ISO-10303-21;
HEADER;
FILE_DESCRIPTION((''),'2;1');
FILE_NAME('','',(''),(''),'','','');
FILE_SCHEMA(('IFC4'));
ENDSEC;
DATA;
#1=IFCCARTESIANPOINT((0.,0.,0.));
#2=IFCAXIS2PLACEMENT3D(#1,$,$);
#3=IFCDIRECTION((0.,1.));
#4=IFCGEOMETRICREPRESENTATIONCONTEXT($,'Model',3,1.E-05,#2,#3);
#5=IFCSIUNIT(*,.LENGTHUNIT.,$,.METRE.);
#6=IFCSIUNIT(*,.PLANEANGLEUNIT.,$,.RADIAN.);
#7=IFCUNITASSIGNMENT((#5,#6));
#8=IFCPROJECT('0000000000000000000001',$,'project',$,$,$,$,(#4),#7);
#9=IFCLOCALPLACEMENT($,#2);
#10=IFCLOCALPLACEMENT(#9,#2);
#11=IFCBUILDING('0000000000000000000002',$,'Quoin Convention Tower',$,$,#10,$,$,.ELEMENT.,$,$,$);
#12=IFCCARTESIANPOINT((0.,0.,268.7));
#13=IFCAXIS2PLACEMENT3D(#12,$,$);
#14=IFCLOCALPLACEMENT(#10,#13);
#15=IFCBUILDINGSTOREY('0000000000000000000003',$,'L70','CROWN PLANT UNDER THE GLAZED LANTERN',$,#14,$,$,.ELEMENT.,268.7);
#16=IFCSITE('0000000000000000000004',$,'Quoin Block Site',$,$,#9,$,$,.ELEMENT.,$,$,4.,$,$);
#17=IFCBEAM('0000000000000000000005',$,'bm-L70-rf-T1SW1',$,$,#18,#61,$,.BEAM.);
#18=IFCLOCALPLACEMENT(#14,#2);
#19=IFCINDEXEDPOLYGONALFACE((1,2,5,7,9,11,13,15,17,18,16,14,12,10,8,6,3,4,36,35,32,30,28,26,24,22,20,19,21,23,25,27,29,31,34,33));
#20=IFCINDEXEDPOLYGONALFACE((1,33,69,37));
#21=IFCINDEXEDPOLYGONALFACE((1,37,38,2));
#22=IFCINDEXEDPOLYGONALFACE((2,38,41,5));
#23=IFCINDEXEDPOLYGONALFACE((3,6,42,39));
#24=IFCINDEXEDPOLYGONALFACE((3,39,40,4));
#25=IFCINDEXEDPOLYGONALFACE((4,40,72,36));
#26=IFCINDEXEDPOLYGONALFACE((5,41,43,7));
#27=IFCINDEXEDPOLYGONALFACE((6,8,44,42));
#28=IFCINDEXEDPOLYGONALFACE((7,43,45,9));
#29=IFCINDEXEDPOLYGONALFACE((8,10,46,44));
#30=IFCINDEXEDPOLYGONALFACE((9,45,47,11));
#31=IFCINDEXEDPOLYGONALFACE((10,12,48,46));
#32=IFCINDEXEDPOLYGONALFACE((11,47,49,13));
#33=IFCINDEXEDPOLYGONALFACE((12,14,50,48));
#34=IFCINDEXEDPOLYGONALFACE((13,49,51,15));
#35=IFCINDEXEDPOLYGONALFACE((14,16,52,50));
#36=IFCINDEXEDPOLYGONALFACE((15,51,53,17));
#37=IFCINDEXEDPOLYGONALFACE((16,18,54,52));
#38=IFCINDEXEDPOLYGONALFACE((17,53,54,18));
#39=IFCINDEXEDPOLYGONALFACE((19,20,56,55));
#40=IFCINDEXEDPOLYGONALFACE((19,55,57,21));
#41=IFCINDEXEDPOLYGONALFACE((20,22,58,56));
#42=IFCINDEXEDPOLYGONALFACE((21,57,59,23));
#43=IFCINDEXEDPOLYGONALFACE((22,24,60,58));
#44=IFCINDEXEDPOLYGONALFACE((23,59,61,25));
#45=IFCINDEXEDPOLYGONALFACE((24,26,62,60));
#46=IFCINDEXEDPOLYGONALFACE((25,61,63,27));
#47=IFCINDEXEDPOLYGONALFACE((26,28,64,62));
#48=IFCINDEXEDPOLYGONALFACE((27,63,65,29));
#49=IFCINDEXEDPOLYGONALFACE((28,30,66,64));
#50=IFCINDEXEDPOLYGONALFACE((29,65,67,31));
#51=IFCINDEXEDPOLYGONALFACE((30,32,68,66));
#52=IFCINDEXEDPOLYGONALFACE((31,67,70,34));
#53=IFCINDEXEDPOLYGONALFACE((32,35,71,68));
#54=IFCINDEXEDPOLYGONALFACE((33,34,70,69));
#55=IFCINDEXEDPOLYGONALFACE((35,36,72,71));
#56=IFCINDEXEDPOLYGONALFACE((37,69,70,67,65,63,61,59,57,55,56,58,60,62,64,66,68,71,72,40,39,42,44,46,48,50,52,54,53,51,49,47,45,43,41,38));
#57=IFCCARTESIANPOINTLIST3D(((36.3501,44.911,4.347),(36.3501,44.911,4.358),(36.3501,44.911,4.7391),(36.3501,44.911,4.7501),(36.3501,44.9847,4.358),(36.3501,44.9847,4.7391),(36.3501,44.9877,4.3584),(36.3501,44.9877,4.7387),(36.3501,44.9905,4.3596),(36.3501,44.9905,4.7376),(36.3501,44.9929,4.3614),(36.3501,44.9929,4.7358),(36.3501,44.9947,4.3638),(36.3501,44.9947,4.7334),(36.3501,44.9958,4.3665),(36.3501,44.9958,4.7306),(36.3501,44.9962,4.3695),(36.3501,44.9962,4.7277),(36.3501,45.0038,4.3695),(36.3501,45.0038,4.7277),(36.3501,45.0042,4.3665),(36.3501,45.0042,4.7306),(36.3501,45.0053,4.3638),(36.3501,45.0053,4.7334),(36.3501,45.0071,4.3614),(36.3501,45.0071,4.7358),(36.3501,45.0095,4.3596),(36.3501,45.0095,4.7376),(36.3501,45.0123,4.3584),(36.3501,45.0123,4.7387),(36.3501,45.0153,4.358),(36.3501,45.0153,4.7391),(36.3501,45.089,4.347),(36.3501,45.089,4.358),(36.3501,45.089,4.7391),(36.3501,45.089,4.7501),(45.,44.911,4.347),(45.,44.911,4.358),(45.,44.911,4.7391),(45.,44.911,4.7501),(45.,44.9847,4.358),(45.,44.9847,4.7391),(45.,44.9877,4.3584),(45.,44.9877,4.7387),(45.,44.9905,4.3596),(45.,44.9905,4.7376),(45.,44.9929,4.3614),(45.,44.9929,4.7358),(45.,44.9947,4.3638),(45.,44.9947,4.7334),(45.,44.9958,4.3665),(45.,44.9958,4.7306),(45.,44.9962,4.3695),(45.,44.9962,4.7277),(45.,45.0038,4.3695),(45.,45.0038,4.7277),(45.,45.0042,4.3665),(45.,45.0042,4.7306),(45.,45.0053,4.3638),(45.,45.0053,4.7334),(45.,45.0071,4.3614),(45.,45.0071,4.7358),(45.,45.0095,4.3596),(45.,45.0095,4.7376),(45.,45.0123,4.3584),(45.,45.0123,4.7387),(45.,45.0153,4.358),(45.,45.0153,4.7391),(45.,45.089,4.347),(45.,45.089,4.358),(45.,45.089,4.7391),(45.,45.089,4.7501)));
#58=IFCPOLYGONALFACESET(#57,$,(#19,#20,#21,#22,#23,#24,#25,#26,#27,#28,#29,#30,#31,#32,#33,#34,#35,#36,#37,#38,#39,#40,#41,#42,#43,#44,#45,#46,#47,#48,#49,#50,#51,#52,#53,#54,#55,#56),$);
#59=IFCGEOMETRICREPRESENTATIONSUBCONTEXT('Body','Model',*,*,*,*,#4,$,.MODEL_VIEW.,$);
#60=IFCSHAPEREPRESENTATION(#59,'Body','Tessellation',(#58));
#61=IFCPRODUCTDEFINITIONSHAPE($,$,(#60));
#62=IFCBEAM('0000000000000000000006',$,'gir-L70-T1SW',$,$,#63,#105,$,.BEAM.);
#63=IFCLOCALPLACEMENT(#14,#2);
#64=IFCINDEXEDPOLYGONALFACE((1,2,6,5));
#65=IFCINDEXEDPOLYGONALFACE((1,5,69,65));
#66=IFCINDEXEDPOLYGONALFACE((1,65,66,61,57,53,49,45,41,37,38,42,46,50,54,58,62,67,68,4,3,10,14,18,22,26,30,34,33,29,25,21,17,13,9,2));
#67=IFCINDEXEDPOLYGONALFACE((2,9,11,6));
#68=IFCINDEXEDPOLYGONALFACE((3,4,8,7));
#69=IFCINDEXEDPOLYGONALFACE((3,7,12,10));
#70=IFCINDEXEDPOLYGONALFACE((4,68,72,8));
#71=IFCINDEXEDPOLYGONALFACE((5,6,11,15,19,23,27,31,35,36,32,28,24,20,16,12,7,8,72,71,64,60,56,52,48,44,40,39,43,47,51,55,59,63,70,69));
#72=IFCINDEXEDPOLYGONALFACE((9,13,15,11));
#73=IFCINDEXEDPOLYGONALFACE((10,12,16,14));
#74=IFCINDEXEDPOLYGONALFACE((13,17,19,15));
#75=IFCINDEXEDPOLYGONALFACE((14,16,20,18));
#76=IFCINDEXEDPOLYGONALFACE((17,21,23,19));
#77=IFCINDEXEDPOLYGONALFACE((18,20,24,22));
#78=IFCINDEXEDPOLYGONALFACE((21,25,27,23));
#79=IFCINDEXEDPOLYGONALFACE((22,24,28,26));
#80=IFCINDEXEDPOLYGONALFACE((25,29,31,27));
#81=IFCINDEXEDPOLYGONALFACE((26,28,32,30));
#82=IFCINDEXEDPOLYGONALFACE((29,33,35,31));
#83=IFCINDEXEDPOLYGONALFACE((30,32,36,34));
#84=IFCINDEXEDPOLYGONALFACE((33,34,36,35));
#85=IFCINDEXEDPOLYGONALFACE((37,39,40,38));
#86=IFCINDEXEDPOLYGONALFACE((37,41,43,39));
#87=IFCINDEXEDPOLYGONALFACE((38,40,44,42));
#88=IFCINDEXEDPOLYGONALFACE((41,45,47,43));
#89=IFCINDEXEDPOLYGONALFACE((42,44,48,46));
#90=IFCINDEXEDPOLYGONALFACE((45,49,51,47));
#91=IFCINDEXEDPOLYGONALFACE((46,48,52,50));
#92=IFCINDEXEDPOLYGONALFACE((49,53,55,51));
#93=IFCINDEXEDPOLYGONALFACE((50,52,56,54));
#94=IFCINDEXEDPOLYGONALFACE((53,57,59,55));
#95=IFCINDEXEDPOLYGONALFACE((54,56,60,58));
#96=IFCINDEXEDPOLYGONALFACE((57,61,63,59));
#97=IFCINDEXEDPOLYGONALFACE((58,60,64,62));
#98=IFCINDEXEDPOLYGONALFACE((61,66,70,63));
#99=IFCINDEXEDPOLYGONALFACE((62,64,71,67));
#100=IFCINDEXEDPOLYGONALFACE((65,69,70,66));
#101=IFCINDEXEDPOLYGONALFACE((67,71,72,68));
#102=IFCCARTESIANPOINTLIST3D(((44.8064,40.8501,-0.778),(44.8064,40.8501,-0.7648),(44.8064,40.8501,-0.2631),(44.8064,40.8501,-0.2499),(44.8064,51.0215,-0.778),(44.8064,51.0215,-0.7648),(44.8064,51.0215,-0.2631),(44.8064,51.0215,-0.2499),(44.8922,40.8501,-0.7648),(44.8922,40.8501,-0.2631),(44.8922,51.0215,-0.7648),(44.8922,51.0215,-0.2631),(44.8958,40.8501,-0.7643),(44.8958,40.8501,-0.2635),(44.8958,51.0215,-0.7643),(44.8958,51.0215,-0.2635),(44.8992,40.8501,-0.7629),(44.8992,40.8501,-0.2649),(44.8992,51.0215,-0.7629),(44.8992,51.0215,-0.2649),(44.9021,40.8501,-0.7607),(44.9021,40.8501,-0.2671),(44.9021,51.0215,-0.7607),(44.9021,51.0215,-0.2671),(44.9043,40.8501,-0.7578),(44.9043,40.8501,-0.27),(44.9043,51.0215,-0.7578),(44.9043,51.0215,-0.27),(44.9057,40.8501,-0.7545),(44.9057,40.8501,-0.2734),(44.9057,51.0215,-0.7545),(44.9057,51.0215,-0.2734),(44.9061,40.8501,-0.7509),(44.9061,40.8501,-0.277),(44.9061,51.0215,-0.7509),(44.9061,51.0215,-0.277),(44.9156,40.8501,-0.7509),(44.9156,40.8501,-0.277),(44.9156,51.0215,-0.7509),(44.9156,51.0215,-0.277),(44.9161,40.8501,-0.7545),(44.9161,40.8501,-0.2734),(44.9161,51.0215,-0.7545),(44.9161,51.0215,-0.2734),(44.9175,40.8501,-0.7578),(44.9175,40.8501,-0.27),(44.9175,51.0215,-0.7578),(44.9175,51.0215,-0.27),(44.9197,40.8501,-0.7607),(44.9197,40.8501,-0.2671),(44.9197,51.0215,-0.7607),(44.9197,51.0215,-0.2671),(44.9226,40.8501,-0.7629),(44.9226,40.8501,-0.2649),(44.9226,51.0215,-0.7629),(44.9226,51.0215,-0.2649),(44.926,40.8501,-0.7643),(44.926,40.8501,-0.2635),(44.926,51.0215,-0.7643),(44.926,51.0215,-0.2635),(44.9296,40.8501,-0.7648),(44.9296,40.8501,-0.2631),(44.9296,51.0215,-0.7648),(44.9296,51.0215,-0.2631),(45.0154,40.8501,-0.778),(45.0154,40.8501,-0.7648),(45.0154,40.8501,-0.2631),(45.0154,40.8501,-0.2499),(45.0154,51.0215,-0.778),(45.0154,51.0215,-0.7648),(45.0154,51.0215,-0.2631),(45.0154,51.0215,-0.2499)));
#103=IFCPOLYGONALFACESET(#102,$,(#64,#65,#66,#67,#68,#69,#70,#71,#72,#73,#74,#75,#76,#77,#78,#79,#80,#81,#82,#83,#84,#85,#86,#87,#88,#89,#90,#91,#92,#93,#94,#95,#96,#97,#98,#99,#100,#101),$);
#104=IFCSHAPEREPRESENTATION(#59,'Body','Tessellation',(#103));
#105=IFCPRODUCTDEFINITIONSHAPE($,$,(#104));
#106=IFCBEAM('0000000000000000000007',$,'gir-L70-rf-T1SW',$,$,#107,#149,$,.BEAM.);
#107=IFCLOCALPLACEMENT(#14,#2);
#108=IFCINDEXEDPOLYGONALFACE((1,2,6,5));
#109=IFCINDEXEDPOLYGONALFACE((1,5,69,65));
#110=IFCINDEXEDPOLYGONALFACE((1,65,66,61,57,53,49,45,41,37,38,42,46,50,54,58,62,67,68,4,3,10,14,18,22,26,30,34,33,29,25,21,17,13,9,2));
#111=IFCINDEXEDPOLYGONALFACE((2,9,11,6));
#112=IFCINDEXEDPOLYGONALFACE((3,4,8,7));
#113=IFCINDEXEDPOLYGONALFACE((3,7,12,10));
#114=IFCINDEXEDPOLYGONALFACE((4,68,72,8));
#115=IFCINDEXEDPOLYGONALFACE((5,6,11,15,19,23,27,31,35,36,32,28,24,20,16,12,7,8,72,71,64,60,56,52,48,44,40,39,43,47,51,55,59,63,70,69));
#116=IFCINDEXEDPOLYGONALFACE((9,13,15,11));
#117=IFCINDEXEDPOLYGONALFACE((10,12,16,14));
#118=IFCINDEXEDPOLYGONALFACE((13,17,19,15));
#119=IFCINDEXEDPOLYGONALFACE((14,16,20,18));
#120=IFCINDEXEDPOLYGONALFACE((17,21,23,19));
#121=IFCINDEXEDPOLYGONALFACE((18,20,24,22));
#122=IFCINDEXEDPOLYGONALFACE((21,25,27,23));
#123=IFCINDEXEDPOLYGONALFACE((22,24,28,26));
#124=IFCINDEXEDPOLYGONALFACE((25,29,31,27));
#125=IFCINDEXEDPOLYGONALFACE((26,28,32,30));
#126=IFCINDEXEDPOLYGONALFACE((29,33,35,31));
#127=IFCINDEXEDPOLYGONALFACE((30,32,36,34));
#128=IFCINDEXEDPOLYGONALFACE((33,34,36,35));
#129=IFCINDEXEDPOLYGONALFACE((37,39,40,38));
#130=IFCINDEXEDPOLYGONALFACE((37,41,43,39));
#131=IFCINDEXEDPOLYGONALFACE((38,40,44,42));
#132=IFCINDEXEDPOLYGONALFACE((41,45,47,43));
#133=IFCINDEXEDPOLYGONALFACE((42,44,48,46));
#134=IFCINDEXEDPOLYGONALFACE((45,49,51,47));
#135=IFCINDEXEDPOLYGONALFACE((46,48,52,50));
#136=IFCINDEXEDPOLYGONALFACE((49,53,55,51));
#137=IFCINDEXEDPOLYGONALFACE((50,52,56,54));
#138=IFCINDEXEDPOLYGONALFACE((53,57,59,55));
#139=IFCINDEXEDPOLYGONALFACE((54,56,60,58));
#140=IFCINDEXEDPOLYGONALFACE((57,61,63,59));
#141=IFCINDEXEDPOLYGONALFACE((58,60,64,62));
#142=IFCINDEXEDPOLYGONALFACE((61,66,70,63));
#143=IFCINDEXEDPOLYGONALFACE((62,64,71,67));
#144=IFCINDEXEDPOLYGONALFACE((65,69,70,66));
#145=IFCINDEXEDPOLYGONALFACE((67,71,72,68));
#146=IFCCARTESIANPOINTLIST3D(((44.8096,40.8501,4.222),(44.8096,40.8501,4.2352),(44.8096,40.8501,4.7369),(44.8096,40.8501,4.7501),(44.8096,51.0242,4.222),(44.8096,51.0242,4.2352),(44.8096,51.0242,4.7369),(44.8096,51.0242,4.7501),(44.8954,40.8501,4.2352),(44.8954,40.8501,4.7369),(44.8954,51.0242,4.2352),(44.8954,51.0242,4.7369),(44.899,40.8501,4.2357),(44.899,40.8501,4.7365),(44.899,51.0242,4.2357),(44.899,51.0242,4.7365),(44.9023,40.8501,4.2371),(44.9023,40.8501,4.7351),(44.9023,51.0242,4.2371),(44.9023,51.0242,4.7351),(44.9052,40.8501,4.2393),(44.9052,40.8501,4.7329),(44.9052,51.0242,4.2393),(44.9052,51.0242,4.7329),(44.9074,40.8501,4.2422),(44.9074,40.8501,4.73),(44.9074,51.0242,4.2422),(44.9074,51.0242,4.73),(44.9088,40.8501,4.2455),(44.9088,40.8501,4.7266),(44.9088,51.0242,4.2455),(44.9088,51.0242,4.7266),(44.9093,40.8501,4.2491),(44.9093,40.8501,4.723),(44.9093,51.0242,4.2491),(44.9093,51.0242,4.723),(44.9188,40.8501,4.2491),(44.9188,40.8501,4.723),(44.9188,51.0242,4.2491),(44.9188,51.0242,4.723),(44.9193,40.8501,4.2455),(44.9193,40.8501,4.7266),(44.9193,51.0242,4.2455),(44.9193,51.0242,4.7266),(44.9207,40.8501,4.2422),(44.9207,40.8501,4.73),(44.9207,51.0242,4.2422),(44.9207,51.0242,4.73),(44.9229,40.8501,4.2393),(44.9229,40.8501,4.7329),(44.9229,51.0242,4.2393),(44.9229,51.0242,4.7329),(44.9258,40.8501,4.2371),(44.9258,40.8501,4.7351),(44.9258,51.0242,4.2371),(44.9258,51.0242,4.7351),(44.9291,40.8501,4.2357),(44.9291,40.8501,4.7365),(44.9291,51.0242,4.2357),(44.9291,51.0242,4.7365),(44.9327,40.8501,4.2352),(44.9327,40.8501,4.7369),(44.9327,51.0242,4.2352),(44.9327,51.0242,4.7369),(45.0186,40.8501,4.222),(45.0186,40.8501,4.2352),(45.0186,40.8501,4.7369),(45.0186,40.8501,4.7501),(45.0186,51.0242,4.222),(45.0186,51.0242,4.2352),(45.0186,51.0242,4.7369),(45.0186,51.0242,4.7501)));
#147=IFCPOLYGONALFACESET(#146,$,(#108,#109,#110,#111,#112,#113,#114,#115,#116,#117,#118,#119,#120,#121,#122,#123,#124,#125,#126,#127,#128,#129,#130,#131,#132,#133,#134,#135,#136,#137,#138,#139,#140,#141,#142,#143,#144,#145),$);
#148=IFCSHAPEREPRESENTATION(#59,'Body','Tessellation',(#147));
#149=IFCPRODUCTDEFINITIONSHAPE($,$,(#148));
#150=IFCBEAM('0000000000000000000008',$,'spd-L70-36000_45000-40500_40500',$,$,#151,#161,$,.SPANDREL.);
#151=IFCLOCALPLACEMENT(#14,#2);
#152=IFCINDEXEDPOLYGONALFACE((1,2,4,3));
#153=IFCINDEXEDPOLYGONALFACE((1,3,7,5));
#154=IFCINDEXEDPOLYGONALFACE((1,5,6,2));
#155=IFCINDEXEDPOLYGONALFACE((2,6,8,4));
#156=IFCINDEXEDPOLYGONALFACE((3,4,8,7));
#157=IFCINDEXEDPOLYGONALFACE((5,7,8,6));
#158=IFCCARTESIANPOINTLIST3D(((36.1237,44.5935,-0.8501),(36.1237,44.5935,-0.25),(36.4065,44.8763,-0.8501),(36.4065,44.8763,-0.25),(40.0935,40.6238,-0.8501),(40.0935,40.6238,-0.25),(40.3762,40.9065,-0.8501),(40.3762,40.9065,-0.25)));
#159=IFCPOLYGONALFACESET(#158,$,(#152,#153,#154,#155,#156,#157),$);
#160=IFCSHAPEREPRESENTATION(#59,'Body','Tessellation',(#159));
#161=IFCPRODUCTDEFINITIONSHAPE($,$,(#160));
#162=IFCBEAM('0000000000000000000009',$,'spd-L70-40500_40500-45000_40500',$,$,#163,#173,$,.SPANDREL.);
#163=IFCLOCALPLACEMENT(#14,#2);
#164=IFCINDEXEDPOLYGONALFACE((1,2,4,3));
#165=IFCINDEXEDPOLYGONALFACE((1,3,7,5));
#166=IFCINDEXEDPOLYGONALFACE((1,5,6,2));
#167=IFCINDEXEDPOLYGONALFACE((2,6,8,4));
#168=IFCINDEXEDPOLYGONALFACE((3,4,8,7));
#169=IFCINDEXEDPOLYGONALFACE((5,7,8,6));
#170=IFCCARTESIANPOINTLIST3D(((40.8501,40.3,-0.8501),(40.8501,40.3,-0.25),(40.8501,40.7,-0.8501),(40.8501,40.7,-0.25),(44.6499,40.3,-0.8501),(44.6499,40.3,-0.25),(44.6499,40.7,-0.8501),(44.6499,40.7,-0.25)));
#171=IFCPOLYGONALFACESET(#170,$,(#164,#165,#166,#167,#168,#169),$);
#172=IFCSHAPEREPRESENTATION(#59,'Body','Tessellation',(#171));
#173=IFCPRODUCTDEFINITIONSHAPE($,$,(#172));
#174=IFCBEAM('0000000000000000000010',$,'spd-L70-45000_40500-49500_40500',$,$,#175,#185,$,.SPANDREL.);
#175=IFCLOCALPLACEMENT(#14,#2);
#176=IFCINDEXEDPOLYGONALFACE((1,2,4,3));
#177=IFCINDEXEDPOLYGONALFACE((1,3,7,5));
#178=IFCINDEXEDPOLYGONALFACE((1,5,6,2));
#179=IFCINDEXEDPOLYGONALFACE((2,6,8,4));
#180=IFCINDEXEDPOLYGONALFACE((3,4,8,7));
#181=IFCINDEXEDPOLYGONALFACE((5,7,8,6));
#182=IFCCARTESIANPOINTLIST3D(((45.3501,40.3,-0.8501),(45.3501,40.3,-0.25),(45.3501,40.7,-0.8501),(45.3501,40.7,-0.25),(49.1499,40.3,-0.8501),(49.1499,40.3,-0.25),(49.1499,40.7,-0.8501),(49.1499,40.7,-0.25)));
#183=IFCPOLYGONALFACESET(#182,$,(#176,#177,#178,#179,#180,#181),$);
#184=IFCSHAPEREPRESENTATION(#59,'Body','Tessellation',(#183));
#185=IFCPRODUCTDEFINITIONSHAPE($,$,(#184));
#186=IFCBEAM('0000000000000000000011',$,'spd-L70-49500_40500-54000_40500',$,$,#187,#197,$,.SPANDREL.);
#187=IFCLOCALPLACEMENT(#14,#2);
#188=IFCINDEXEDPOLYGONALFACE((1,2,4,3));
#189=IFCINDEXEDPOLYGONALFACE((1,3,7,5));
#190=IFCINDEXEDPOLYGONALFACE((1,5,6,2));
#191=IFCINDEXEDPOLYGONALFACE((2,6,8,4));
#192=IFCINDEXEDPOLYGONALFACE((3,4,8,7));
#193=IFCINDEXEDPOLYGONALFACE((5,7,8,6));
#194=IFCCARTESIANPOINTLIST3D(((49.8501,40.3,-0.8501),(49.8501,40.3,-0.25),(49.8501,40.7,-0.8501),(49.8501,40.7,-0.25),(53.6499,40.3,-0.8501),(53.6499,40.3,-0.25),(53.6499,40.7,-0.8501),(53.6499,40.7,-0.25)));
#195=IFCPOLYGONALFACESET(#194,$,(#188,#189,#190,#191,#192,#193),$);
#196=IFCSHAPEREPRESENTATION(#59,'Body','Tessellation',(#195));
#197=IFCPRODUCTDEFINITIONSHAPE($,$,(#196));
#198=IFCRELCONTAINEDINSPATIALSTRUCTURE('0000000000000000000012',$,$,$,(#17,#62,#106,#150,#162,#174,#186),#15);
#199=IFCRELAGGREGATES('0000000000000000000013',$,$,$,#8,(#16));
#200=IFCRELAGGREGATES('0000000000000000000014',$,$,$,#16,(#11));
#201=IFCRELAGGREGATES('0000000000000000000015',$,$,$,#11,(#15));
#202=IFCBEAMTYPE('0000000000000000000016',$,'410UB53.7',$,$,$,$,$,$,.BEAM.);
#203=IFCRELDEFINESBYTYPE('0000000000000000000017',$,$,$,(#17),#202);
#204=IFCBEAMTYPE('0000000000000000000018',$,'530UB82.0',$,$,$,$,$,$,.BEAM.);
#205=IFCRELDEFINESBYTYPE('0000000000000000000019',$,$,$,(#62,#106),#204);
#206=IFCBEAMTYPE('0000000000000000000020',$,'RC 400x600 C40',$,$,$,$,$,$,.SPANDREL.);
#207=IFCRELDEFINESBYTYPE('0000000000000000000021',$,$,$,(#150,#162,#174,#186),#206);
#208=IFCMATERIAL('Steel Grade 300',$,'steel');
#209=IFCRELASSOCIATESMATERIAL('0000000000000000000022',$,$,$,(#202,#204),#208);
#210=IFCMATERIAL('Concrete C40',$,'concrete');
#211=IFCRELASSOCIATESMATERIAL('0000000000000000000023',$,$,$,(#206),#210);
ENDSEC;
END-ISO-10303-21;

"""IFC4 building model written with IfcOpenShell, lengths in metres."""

from ifc_helpers import new_model, si_unit, direction, frame, origin, origin_2d, place, context, subcontext, project, spatial, rectangle, i_section, extrude, material, material_profile, profile_set, type_object, element, save


model = new_model("IFC4")

# Units and contexts
model_context = context("Model", 3, precision=1e-05, world=origin(), true_north=direction((0.0, 1.0)))
body_context = subcontext(model_context, "Body", "Model", "MODEL_VIEW")
ifc_project = project(units=[si_unit("LENGTHUNIT", "METRE"), si_unit("PLANEANGLEUNIT", "RADIAN")], contexts=[model_context])

# Site, building, storey
site_placement = place(None, origin())
site = spatial("IfcSite", under=ifc_project, at=site_placement, Name="Quoin Block Site", CompositionType="ELEMENT", RefElevation=4.0)
building_placement = place(site_placement, origin())
building = spatial("IfcBuilding", under=site, at=building_placement, Name="Quoin Convention Tower", CompositionType="ELEMENT")
storey_placement = place(building_placement, frame((0.0, 0.0, 268.7)))
storey = spatial("IfcBuildingStorey", under=building, at=storey_placement, Name="L70", Description="CROWN PLANT UNDER THE GLAZED LANTERN", CompositionType="ELEMENT", Elevation=268.7)

# Shared definitions
ifc_material_1 = material(Name="Concrete C40", Category="concrete")

# Beams
ifc_material_2 = material(Name="Steel Grade 300", Category="steel")
ifc_material_profile_1 = material_profile(ifc_material_2, i_section(OverallWidth=0.178, OverallDepth=0.4031, WebThickness=0.0076, FlangeThickness=0.011, FilletRadius=0.0115, at=origin_2d()), Name="410UB53.7")
ifc_profile_set_1 = profile_set([ifc_material_profile_1], Name="Steel Grade 300")
beam_type_1 = type_object("IfcBeamType", Name="410UB53.7", PredefinedType="BEAM", material=ifc_profile_set_1)
for number, where, z_axis, x_axis, name in (
    (1, (36.3501, 45.0, 4.5486), (1.0, 0.0, 0.0), (0.0, 1.0, 0.0), "bm-L70-rf-T1SW1"),
):
    element("IfcBeam", number, at=place(storey_placement, frame(where, z_axis=z_axis, x_axis=x_axis)), inside=storey, type_object=beam_type_1, Name=name, PredefinedType="BEAM", context=body_context, shape_type="SweptSolid", body=[
        extrude(i_section(OverallWidth=0.178, OverallDepth=0.4031, WebThickness=0.0076, FlangeThickness=0.011, FilletRadius=0.0115, at=origin_2d()), origin(), (0.0, 0.0, 1.0), 8.6499),
    ])
ifc_material_profile_2 = material_profile(ifc_material_2, i_section(OverallWidth=0.209, OverallDepth=0.5281, WebThickness=0.0095, FlangeThickness=0.0132, FilletRadius=0.0139, at=origin_2d()), Name="530UB82.0")
ifc_profile_set_2 = profile_set([ifc_material_profile_2], Name="Steel Grade 300")
beam_type_2 = type_object("IfcBeamType", Name="530UB82.0", PredefinedType="BEAM", material=ifc_profile_set_2)
beam_1_placement = place(storey_placement, frame((44.9109, 40.8501, -0.5139), z_axis=(0.0, 1.0, 0.0), x_axis=(-1.0, 0.0, 0.0)))
element("IfcBeam", 2, at=beam_1_placement, inside=storey, type_object=beam_type_2, Name="gir-L70-T1SW", PredefinedType="BEAM", context=body_context, shape_type="SweptSolid", body=[
    extrude(i_section(OverallWidth=0.209, OverallDepth=0.5281, WebThickness=0.0095, FlangeThickness=0.0132, FilletRadius=0.0139, at=origin_2d()), origin(), (0.0, 0.0, 1.0), 10.1714),
])
beam_2_placement = place(storey_placement, frame((44.9141, 40.8501, 4.4861), z_axis=(0.0, 1.0, 0.0), x_axis=(-1.0, 0.0, 0.0)))
element("IfcBeam", 3, at=beam_2_placement, inside=storey, type_object=beam_type_2, Name="gir-L70-rf-T1SW", PredefinedType="BEAM", context=body_context, shape_type="SweptSolid", body=[
    extrude(i_section(OverallWidth=0.209, OverallDepth=0.5281, WebThickness=0.0095, FlangeThickness=0.0132, FilletRadius=0.0139, at=origin_2d()), origin(), (0.0, 0.0, 1.0), 10.1741),
])
ifc_material_profile_3 = material_profile(ifc_material_1, rectangle(XDim=0.3999, YDim=0.6001, at=origin_2d()), Name="RC 400x600")
ifc_profile_set_3 = profile_set([ifc_material_profile_3], Name="Concrete C40")
beam_type_3 = type_object("IfcBeamType", Name="RC 400x600 C40", PredefinedType="SPANDREL", material=ifc_profile_set_3)
beam_3_placement = place(storey_placement, frame((36.2651, 44.7349, -0.55), z_axis=(0.707107, -0.707107, 0.0), x_axis=(0.707107, 0.707107, 0.0)))
element("IfcBeam", 4, at=beam_3_placement, inside=storey, type_object=beam_type_3, Name="spd-L70-36000_45000-40500_40500", PredefinedType="SPANDREL", context=body_context, shape_type="SweptSolid", body=[
    extrude(rectangle(XDim=0.3999, YDim=0.6001, at=origin_2d()), origin(), (0.0, 0.0, 1.0), 5.614),
])
for number, where, z_axis, x_axis, name in (
    (5, (40.8501, 40.5, -0.55), (1.0, 0.0, 0.0), (0.0, 1.0, 0.0), "spd-L70-40500_40500-45000_40500"),
    (6, (45.3501, 40.5, -0.55), (1.0, 0.0, 0.0), (0.0, 1.0, 0.0), "spd-L70-45000_40500-49500_40500"),
    (7, (49.8501, 40.5, -0.55), (1.0, 0.0, 0.0), (0.0, 1.0, 0.0), "spd-L70-49500_40500-54000_40500"),
):
    element("IfcBeam", number, at=place(storey_placement, frame(where, z_axis=z_axis, x_axis=x_axis)), inside=storey, type_object=beam_type_3, Name=name, PredefinedType="SPANDREL", context=body_context, shape_type="SweptSolid", body=[
        extrude(rectangle(XDim=0.3999, YDim=0.6001, at=origin_2d()), origin(), (0.0, 0.0, 1.0), 3.7998),
    ])

save(model, "model.ifc")
